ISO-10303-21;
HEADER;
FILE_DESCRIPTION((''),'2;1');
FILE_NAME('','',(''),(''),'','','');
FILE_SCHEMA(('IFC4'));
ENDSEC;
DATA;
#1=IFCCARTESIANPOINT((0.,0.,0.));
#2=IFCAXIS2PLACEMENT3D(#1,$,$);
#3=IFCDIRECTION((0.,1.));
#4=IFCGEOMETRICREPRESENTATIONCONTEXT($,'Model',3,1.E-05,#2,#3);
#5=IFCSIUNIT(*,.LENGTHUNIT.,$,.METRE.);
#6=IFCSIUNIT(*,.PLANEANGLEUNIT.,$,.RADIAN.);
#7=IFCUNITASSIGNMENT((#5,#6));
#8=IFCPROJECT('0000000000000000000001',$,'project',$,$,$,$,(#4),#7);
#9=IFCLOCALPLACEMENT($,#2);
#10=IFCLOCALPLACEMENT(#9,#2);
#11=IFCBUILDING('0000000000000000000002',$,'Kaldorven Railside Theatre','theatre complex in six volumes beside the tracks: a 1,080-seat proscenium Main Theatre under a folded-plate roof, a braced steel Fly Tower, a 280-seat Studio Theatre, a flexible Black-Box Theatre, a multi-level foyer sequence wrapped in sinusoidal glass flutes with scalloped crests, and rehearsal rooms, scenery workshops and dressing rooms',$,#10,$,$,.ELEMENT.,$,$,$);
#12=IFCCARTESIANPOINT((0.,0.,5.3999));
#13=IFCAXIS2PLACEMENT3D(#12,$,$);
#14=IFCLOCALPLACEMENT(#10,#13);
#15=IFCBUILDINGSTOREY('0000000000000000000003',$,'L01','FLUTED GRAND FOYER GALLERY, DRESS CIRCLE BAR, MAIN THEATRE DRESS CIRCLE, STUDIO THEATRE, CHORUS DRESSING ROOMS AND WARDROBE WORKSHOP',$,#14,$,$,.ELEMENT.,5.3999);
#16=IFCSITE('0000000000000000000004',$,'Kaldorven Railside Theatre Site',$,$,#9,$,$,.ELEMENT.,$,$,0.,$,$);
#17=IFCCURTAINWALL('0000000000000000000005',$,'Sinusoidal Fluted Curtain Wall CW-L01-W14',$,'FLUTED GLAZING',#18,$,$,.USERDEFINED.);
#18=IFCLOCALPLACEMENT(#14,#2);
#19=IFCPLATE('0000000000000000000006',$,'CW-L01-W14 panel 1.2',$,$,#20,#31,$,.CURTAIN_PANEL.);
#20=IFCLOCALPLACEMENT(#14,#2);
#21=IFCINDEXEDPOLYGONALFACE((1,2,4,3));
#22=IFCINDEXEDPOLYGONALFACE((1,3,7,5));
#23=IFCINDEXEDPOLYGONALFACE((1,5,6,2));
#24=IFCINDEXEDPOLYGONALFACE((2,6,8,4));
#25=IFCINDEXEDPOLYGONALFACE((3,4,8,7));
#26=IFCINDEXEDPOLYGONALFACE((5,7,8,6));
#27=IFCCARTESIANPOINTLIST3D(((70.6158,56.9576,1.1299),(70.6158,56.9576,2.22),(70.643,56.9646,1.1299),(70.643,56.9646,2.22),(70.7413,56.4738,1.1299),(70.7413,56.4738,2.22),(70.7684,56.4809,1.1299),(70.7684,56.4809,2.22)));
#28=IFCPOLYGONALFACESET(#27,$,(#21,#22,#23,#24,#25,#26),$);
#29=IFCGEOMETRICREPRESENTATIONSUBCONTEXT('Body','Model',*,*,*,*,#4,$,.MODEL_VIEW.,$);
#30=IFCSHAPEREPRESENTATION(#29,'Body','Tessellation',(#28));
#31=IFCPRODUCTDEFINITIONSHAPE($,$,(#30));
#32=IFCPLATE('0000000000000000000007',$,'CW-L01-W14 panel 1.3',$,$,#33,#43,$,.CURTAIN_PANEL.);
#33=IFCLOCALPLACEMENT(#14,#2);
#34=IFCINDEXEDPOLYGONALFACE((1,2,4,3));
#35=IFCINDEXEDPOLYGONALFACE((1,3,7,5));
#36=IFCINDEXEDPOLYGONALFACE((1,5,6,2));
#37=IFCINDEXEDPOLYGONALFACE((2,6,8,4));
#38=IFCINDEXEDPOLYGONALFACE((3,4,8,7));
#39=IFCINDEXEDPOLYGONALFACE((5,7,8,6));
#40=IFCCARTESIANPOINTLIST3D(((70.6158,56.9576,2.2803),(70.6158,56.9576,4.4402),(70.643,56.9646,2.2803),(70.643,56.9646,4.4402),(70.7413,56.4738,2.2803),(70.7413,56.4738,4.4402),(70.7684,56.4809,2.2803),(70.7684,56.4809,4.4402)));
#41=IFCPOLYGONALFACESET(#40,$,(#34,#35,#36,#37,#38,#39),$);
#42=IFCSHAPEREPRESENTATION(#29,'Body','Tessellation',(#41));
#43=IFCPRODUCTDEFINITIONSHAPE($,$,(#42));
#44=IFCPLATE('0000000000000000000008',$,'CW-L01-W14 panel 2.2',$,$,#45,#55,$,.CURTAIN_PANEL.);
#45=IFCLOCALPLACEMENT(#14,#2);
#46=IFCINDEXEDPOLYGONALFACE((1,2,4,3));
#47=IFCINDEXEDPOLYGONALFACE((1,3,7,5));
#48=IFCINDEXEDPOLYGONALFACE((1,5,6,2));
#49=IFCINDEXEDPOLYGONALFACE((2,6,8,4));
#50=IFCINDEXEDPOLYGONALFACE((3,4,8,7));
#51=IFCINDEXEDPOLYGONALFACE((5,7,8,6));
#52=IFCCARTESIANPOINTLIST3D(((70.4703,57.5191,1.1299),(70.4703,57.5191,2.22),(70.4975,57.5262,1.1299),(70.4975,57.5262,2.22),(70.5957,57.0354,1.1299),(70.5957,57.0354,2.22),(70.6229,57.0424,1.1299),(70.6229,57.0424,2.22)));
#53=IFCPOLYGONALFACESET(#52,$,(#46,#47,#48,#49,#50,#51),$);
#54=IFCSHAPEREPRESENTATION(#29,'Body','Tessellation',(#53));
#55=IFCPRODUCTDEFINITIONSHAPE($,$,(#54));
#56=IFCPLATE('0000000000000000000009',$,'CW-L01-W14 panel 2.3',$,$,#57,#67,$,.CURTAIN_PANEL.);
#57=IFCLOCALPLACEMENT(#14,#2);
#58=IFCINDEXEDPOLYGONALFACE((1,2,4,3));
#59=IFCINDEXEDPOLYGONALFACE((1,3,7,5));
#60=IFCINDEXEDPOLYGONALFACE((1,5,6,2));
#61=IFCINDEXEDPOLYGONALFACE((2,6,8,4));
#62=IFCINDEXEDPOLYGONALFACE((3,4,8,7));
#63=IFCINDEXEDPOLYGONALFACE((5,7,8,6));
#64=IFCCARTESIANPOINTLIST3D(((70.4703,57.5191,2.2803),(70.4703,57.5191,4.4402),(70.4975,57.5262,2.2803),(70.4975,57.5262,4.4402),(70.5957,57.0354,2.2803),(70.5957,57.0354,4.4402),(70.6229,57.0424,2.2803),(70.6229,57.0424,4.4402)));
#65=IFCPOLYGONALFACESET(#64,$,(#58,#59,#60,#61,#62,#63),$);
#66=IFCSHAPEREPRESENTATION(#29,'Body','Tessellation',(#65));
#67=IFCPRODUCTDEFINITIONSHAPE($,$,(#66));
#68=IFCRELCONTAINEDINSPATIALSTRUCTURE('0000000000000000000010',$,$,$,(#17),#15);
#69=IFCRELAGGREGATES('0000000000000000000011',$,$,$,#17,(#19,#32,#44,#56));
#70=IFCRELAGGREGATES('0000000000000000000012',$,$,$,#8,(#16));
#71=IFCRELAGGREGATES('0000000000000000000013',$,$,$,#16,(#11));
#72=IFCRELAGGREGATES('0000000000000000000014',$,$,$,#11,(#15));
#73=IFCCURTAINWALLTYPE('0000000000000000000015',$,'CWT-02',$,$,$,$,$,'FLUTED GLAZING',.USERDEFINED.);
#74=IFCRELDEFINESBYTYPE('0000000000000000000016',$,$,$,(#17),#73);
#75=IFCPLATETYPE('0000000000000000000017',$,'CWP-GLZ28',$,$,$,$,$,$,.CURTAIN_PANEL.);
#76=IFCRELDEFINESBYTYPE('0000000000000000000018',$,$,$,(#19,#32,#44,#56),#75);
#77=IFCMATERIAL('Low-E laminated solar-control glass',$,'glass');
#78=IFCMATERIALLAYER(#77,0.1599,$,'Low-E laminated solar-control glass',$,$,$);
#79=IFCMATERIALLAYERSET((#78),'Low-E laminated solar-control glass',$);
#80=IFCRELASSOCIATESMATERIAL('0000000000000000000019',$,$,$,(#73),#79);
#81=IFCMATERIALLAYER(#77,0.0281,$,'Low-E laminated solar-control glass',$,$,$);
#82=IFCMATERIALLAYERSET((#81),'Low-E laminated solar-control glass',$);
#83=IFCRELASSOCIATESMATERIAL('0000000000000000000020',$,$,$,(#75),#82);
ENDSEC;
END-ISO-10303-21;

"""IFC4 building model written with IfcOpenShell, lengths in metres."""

from ifc_helpers import new_model, si_unit, direction, frame, origin, origin_2d, place, context, subcontext, project, spatial, rectangle, extrude, material, layer, layer_set, type_object, element, aggregate, save


model = new_model("IFC4")

# Units and contexts
model_context = context("Model", 3, precision=1e-05, world=origin(), true_north=direction((0.0, 1.0)))
body_context = subcontext(model_context, "Body", "Model", "MODEL_VIEW")
ifc_project = project(units=[si_unit("LENGTHUNIT", "METRE"), si_unit("PLANEANGLEUNIT", "RADIAN")], contexts=[model_context])

# Site, building, storey
site_placement = place(None, origin())
site = spatial("IfcSite", under=ifc_project, at=site_placement, Name="Kaldorven Railside Theatre Site", CompositionType="ELEMENT", RefElevation=0.0)
building_placement = place(site_placement, origin())
building = spatial("IfcBuilding", under=site, at=building_placement, Name="Kaldorven Railside Theatre", Description="theatre complex in six volumes beside the tracks: a 1,080-seat proscenium Main Theatre under a folded-plate roof, a braced steel Fly Tower, a 280-seat Studio Theatre, a flexible Black-Box Theatre, a multi-level foyer sequence wrapped in sinusoidal glass flutes with scalloped crests, and rehearsal rooms, scenery workshops and dressing rooms", CompositionType="ELEMENT")
storey_placement = place(building_placement, frame((0.0, 0.0, 5.3999)))
storey = spatial("IfcBuildingStorey", under=building, at=storey_placement, Name="L01", Description="FLUTED GRAND FOYER GALLERY, DRESS CIRCLE BAR, MAIN THEATRE DRESS CIRCLE, STUDIO THEATRE, CHORUS DRESSING ROOMS AND WARDROBE WORKSHOP", CompositionType="ELEMENT", Elevation=5.3999)

# Curtain wall
ifc_material_1 = material(Name="Low-E laminated solar-control glass", Category="glass")
ifc_layer_1 = layer(ifc_material_1, 0.1599, Name="Low-E laminated solar-control glass")
ifc_layer_set_1 = layer_set([ifc_layer_1], Name="Low-E laminated solar-control glass")
curtain_wall_type_1 = type_object("IfcCurtainWallType", Name="CWT-02", ElementType="FLUTED GLAZING", PredefinedType="USERDEFINED", material=ifc_layer_set_1)
curtain_wall_1_placement = place(storey_placement, origin())
curtain_wall_1 = element("IfcCurtainWall", 1, at=curtain_wall_1_placement, inside=storey, type_object=curtain_wall_type_1, Name="Sinusoidal Fluted Curtain Wall CW-L01-W14", ObjectType="FLUTED GLAZING", PredefinedType="USERDEFINED")

# Plates
ifc_layer_2 = layer(ifc_material_1, 0.0281, Name="Low-E laminated solar-control glass")
ifc_layer_set_2 = layer_set([ifc_layer_2], Name="Low-E laminated solar-control glass")
plate_type = type_object("IfcPlateType", Name="CWP-GLZ28", PredefinedType="CURTAIN_PANEL", material=ifc_layer_set_2)
plate_1_placement = place(storey_placement, frame((70.6921, 56.7192, 1.1299), z_axis=(0.0, 0.0, 1.0), x_axis=(-0.250954, 0.967999, 0.0)))
plate_1 = element("IfcPlate", 2, at=plate_1_placement, type_object=plate_type, Name="CW-L01-W14 panel 1.2", PredefinedType="CURTAIN_PANEL", context=body_context, shape_type="SweptSolid", body=[
    extrude(rectangle(XDim=0.4998, YDim=0.0281, at=origin_2d()), origin(), (0.0, 0.0, 1.0), 1.0901),
])
plate_2_placement = place(storey_placement, frame((70.6921, 56.7192, 2.2803), z_axis=(0.0, 0.0, 1.0), x_axis=(-0.250954, 0.967999, 0.0)))
plate_2 = element("IfcPlate", 3, at=plate_2_placement, type_object=plate_type, Name="CW-L01-W14 panel 1.3", PredefinedType="CURTAIN_PANEL", context=body_context, shape_type="SweptSolid", body=[
    extrude(rectangle(XDim=0.4998, YDim=0.0281, at=origin_2d()), origin(), (0.0, 0.0, 1.0), 2.1599),
])
plate_3_placement = place(storey_placement, frame((70.5466, 57.2808, 1.1299), z_axis=(0.0, 0.0, 1.0), x_axis=(-0.250954, 0.967999, 0.0)))
plate_3 = element("IfcPlate", 4, at=plate_3_placement, type_object=plate_type, Name="CW-L01-W14 panel 2.2", PredefinedType="CURTAIN_PANEL", context=body_context, shape_type="SweptSolid", body=[
    extrude(rectangle(XDim=0.4998, YDim=0.0281, at=origin_2d()), origin(), (0.0, 0.0, 1.0), 1.0901),
])
plate_4_placement = place(storey_placement, frame((70.5466, 57.2808, 2.2803), z_axis=(0.0, 0.0, 1.0), x_axis=(-0.250954, 0.967999, 0.0)))
plate_4 = element("IfcPlate", 5, at=plate_4_placement, type_object=plate_type, Name="CW-L01-W14 panel 2.3", PredefinedType="CURTAIN_PANEL", context=body_context, shape_type="SweptSolid", body=[
    extrude(rectangle(XDim=0.4998, YDim=0.0281, at=origin_2d()), origin(), (0.0, 0.0, 1.0), 2.1599),
])
aggregate(curtain_wall_1, [plate_1, plate_2, plate_3, plate_4])

save(model, "model.ifc")
